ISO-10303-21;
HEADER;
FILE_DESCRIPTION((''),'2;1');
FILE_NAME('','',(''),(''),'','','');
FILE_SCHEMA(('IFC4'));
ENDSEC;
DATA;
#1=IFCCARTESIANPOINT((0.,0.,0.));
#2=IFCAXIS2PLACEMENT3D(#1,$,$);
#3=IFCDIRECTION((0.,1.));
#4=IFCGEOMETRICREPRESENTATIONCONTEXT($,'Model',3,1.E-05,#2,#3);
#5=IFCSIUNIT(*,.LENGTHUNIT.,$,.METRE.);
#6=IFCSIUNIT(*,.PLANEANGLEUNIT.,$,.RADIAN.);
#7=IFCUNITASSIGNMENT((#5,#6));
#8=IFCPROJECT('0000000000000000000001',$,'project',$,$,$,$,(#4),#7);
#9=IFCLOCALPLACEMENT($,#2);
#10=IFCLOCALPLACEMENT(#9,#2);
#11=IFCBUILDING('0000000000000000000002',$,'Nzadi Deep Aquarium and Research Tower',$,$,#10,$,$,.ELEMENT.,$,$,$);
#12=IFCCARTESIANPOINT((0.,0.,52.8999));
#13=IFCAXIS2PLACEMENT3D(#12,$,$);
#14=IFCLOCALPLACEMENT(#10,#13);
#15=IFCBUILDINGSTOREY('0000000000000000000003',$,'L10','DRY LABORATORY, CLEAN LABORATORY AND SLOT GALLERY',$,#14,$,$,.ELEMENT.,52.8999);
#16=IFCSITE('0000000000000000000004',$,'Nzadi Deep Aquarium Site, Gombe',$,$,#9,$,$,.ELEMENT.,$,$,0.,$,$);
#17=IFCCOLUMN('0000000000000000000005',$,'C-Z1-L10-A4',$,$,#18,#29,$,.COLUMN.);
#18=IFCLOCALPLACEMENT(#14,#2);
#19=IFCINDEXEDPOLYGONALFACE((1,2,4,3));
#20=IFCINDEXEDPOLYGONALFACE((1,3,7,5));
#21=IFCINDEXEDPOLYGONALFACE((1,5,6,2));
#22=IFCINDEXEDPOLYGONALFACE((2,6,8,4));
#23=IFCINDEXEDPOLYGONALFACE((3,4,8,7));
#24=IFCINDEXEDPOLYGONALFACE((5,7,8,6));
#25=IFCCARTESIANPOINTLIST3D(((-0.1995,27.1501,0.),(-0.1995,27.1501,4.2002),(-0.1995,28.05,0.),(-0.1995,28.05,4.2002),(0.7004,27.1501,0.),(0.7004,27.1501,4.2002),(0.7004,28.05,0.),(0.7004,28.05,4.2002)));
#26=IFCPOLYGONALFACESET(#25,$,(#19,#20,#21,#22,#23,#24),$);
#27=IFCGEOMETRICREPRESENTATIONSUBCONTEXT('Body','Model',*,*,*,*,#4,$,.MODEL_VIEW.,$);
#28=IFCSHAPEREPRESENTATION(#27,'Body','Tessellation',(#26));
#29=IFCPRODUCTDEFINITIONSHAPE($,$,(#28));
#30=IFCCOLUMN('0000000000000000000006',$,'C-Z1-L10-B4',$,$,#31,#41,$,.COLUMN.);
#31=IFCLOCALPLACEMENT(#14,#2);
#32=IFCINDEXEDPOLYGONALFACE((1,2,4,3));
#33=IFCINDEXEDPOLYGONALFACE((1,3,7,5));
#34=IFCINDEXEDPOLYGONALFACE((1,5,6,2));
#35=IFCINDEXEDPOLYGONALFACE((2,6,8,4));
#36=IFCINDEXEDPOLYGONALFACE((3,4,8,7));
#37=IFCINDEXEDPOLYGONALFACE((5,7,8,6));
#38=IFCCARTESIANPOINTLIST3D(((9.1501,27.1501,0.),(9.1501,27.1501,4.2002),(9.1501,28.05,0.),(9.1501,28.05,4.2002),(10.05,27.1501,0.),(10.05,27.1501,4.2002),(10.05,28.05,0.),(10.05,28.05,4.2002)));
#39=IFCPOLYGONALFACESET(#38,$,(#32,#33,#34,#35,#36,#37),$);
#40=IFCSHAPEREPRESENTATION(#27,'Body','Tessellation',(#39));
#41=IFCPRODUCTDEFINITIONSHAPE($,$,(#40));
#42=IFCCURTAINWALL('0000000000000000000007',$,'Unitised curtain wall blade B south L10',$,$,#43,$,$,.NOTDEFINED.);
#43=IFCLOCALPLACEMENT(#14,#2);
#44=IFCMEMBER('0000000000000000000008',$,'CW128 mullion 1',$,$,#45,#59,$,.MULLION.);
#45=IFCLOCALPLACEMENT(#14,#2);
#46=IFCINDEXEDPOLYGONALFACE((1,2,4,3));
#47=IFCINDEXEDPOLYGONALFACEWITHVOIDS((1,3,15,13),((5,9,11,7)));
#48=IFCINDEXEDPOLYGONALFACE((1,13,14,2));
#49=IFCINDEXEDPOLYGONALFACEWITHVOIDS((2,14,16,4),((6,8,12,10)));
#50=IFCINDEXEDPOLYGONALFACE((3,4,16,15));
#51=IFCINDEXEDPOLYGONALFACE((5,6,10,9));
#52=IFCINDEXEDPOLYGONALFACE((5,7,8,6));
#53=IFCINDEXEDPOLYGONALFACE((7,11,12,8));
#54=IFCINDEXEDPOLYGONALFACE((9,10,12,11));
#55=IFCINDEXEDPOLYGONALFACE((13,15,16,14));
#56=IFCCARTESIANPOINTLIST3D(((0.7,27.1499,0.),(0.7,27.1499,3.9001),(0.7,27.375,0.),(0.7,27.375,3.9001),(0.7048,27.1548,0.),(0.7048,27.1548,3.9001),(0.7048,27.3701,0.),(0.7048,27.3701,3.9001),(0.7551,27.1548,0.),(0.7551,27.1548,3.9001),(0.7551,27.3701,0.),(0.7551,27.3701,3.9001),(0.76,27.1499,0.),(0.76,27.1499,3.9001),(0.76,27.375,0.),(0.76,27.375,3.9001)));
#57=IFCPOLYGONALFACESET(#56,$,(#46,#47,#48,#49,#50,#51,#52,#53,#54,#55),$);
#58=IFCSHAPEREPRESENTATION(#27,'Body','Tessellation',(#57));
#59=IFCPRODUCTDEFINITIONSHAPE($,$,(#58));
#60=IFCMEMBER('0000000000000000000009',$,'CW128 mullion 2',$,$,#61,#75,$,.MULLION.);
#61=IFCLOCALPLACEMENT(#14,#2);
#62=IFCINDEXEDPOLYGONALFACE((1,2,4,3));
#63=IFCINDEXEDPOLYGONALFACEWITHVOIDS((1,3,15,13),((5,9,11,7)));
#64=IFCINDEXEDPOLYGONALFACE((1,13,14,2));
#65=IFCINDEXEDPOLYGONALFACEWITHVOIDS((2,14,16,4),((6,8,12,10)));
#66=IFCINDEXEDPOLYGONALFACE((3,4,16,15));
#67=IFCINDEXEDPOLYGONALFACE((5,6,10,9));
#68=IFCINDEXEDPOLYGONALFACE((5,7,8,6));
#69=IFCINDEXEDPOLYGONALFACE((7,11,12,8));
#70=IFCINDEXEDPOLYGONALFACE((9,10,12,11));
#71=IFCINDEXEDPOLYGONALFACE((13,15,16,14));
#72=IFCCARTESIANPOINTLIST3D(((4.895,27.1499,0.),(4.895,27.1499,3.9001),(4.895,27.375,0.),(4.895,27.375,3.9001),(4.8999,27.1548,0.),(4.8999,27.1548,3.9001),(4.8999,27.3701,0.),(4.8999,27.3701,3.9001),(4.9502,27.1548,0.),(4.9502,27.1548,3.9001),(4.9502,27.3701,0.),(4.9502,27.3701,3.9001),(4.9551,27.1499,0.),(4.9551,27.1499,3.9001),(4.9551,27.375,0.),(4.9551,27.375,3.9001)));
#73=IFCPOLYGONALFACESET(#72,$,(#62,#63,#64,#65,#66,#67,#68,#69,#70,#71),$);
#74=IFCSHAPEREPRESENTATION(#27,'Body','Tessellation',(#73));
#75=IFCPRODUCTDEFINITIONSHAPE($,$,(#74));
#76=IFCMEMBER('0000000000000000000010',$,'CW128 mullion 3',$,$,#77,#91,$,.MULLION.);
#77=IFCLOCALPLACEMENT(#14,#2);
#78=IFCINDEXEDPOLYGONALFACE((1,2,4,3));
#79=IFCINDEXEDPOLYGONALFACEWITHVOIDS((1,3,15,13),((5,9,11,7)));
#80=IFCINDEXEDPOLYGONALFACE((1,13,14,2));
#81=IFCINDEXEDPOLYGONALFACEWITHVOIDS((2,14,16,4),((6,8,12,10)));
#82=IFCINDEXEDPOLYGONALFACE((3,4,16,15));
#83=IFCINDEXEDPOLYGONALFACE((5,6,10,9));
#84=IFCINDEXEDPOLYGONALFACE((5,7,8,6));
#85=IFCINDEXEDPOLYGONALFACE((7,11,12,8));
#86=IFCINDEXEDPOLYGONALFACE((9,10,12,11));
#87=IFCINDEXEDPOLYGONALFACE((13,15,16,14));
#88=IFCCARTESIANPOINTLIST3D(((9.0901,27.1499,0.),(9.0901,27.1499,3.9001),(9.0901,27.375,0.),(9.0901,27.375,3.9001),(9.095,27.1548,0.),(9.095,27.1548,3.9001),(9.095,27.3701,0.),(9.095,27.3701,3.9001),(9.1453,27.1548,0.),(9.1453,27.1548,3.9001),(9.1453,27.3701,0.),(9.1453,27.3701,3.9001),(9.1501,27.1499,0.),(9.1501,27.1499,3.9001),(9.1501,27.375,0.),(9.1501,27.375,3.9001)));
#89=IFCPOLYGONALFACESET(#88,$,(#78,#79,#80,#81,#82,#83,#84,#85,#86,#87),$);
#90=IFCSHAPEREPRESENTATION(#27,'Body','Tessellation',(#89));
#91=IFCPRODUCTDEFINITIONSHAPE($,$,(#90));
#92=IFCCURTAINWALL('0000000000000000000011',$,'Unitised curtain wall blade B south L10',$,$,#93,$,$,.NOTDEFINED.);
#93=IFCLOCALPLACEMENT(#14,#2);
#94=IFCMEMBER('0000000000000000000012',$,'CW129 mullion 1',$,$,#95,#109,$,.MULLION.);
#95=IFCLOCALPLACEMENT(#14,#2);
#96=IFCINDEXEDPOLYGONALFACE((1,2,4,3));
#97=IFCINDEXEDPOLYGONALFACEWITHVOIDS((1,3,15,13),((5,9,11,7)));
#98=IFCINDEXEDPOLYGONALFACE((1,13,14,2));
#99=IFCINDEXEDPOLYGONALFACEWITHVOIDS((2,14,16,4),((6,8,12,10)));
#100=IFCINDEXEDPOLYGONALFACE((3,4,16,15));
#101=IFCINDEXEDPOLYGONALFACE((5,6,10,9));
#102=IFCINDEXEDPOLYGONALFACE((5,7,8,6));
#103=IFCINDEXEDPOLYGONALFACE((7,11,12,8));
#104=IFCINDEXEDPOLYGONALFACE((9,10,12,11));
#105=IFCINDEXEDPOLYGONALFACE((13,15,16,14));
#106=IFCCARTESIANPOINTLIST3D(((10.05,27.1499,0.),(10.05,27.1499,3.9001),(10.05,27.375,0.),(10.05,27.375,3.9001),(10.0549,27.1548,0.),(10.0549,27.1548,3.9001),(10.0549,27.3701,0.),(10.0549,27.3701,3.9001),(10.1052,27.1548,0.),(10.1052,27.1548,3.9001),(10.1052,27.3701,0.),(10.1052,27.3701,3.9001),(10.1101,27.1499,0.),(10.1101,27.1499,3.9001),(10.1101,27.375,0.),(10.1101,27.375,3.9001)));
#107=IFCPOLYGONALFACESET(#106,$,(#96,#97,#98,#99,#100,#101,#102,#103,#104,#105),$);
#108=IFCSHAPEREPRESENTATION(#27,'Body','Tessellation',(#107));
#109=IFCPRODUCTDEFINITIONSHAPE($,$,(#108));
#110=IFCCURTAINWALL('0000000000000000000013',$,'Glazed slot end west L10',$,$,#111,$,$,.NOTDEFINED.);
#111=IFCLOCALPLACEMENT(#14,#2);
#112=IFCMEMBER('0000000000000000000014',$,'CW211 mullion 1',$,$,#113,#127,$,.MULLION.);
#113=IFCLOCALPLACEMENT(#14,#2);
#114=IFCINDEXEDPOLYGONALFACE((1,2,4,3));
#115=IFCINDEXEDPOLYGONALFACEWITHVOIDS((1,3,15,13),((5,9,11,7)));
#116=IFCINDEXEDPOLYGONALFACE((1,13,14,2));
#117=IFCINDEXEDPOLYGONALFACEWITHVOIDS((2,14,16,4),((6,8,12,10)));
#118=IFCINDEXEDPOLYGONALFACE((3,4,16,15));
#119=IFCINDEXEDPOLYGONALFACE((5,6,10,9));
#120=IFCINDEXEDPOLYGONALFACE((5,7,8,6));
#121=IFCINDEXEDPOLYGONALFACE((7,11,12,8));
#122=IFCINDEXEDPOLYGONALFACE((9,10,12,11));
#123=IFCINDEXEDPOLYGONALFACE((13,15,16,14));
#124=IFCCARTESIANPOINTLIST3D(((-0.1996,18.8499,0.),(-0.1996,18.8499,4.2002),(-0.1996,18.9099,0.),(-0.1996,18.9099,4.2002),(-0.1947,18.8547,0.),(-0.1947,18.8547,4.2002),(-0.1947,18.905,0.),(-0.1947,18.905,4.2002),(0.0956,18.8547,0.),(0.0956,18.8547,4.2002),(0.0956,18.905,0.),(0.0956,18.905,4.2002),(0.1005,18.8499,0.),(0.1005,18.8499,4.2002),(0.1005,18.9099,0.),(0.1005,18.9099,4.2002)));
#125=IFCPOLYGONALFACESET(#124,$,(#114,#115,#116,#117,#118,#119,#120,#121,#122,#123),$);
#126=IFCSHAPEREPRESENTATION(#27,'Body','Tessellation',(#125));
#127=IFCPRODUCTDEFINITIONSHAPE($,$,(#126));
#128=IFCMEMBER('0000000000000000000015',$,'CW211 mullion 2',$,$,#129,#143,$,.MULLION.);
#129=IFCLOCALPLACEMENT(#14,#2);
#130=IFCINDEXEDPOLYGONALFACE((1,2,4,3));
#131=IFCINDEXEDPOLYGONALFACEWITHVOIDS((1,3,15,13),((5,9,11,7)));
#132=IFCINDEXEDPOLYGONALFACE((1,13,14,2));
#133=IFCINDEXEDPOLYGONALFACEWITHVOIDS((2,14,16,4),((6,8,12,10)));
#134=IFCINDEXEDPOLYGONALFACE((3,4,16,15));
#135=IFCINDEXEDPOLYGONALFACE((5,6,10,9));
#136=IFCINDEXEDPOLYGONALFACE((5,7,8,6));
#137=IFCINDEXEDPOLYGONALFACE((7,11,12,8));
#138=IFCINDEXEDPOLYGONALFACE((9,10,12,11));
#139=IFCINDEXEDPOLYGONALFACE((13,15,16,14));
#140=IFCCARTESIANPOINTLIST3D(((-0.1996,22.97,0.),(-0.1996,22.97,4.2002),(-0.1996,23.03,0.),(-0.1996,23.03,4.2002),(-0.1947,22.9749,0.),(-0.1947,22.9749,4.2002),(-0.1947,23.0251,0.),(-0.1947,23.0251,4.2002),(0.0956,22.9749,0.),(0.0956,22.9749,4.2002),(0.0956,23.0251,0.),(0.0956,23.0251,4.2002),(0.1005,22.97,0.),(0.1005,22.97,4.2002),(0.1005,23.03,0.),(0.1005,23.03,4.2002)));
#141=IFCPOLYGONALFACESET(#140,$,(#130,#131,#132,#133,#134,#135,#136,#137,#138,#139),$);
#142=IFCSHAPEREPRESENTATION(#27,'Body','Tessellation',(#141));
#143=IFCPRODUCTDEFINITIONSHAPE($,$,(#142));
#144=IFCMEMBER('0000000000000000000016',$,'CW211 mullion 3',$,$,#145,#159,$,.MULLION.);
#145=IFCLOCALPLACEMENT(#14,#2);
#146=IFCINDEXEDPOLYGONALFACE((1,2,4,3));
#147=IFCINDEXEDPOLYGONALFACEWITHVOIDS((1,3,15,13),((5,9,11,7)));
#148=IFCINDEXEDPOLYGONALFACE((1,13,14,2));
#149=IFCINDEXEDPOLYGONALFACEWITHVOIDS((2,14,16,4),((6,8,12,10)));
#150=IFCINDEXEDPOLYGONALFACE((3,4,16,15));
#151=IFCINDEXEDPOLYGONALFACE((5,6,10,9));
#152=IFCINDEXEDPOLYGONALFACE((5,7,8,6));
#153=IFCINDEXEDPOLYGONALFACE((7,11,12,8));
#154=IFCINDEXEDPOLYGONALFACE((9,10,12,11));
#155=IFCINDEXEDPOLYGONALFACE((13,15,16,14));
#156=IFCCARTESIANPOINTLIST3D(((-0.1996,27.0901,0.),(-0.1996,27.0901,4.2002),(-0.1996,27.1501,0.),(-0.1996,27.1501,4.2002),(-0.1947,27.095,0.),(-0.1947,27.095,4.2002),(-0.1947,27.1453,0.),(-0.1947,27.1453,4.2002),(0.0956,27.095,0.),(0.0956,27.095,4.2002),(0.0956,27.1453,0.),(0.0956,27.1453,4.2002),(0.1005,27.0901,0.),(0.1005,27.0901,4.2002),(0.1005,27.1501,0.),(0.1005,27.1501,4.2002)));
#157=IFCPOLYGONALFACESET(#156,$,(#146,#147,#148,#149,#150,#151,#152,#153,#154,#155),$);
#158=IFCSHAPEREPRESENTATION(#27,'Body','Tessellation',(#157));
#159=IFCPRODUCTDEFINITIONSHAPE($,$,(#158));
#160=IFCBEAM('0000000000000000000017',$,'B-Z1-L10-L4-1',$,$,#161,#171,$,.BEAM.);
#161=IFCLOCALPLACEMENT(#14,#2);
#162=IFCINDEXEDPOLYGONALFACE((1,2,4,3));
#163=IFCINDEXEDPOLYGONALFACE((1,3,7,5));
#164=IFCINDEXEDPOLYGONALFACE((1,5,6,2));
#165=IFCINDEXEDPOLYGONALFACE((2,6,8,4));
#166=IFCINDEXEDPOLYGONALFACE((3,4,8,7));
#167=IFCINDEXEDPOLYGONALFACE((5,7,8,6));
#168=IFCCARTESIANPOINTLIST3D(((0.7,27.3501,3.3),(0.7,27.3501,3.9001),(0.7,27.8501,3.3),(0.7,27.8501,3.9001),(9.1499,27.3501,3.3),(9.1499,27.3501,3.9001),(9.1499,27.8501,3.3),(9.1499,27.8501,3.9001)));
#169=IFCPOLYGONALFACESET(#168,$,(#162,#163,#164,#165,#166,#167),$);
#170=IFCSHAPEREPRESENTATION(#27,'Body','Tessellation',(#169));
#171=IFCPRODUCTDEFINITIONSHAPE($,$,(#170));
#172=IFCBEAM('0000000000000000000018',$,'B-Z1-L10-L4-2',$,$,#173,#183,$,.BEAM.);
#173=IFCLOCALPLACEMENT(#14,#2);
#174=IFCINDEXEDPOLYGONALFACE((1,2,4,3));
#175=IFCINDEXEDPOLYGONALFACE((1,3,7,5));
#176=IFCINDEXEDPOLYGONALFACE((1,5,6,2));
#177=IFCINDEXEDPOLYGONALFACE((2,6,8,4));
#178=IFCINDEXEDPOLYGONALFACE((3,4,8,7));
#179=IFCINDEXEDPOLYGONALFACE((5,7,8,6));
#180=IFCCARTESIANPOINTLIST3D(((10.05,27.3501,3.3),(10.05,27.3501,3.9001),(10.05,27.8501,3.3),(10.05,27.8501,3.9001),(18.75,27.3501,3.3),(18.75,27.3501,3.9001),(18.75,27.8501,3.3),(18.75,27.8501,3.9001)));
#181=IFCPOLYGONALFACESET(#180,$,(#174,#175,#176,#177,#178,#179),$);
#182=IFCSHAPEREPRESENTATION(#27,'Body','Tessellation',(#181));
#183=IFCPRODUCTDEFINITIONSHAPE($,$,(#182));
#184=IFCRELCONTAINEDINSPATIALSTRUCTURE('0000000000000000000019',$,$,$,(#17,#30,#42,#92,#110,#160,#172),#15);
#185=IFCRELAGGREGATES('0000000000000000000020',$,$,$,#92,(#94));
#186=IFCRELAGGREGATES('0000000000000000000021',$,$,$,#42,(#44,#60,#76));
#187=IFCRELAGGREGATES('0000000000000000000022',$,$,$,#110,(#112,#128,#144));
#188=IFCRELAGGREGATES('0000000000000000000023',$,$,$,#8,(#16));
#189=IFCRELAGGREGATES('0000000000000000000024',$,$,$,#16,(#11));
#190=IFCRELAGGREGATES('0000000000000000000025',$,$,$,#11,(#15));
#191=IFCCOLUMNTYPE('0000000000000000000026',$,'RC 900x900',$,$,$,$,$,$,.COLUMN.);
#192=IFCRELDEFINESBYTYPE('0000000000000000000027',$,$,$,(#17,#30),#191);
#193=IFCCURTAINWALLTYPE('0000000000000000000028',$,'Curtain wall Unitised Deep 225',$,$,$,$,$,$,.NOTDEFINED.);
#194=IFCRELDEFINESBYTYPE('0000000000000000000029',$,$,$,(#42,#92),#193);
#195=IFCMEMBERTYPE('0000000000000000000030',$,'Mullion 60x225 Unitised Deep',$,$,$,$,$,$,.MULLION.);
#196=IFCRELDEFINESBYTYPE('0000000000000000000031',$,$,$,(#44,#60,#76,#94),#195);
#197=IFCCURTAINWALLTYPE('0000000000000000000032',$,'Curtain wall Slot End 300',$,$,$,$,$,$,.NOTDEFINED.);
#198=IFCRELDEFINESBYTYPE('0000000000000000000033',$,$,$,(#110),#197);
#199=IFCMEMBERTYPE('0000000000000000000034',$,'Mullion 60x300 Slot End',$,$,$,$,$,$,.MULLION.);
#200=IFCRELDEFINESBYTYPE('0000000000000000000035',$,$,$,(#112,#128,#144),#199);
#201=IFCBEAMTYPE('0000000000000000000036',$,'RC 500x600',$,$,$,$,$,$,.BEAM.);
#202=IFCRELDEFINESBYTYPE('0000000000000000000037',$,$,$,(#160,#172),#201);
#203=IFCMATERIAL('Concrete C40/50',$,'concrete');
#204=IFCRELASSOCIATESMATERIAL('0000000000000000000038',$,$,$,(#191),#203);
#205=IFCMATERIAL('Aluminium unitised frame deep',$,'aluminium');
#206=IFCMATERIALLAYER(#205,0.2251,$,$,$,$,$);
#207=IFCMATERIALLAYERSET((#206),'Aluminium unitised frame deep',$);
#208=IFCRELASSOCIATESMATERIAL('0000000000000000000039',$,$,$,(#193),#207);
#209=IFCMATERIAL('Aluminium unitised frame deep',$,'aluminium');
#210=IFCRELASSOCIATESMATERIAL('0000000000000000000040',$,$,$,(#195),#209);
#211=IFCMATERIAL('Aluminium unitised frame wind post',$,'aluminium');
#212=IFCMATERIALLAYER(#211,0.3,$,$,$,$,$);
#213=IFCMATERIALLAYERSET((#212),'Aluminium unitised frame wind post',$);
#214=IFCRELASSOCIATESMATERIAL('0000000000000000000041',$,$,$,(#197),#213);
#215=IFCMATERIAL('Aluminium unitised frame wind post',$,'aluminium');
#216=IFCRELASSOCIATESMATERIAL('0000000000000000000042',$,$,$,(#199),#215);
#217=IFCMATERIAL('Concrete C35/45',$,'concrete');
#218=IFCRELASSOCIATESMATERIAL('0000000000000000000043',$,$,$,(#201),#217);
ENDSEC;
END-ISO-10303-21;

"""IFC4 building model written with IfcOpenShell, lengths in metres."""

from ifc_helpers import new_model, si_unit, direction, frame, origin, origin_2d, place, context, subcontext, project, spatial, rectangle, hollow_rectangle, extrude, material, layer, layer_set, material_profile, profile_set, type_object, element, aggregate, save


model = new_model("IFC4")

# Units and contexts
model_context = context("Model", 3, precision=1e-05, world=origin(), true_north=direction((0.0, 1.0)))
body_context = subcontext(model_context, "Body", "Model", "MODEL_VIEW")
ifc_project = project(units=[si_unit("LENGTHUNIT", "METRE"), si_unit("PLANEANGLEUNIT", "RADIAN")], contexts=[model_context])

# Site, building, storey
site_placement = place(None, origin())
site = spatial("IfcSite", under=ifc_project, at=site_placement, Name="Nzadi Deep Aquarium Site, Gombe", CompositionType="ELEMENT", RefElevation=0.0)
building_placement = place(site_placement, origin())
building = spatial("IfcBuilding", under=site, at=building_placement, Name="Nzadi Deep Aquarium and Research Tower", CompositionType="ELEMENT")
storey_placement = place(building_placement, frame((0.0, 0.0, 52.8999)))
storey = spatial("IfcBuildingStorey", under=building, at=storey_placement, Name="L10", Description="DRY LABORATORY, CLEAN LABORATORY AND SLOT GALLERY", CompositionType="ELEMENT", Elevation=52.8999)

# Columns
ifc_material_1 = material(Name="Concrete C40/50", Category="concrete")
ifc_material_profile_1 = material_profile(ifc_material_1, rectangle(XDim=0.8999, YDim=0.8999, at=origin_2d()))
ifc_profile_set_1 = profile_set([ifc_material_profile_1], Name="Concrete C40/50")
column_type = type_object("IfcColumnType", Name="RC 900x900", PredefinedType="COLUMN", material=ifc_profile_set_1)
for number, where, z_axis, x_axis, name in (
    (1, (0.2505, 27.6001, 0.0), (0.0, 0.0, 1.0), (1.0, 0.0, 0.0), "C-Z1-L10-A4"),
    (2, (9.6001, 27.6001, 0.0), (0.0, 0.0, 1.0), (1.0, 0.0, 0.0), "C-Z1-L10-B4"),
):
    element("IfcColumn", number, at=place(storey_placement, frame(where, z_axis=z_axis, x_axis=x_axis)), inside=storey, type_object=column_type, Name=name, PredefinedType="COLUMN", context=body_context, shape_type="SweptSolid", body=[
        extrude(rectangle(XDim=0.8999, YDim=0.8999, at=origin_2d()), origin(), (0.0, 0.0, 1.0), 4.2002),
    ])

# Curtain wall, members
ifc_material_2 = material(Name="Aluminium unitised frame deep", Category="aluminium")
ifc_layer_1 = layer(ifc_material_2, 0.2251)
ifc_layer_set_1 = layer_set([ifc_layer_1], Name="Aluminium unitised frame deep")
curtain_wall_type_1 = type_object("IfcCurtainWallType", Name="Curtain wall Unitised Deep 225", PredefinedType="NOTDEFINED", material=ifc_layer_set_1)
curtain_wall_1_placement = place(storey_placement, origin())
curtain_wall_1 = element("IfcCurtainWall", 3, at=curtain_wall_1_placement, inside=storey, type_object=curtain_wall_type_1, Name="Unitised curtain wall blade B south L10", PredefinedType="NOTDEFINED")
ifc_material_3 = material(Name="Aluminium unitised frame deep", Category="aluminium")
ifc_material_profile_2 = material_profile(ifc_material_3, hollow_rectangle(XDim=0.2251, YDim=0.0601, WallThickness=0.0049, at=origin_2d()))
ifc_profile_set_2 = profile_set([ifc_material_profile_2], Name="Aluminium unitised frame deep")
member_type_1 = type_object("IfcMemberType", Name="Mullion 60x225 Unitised Deep", PredefinedType="MULLION", material=ifc_profile_set_2)
member_1_placement = place(storey_placement, frame((0.73, 27.2625, 0.0), z_axis=(0.0, 0.0, 1.0), x_axis=(0.0, 1.0, 0.0)))
member_1 = element("IfcMember", 4, at=member_1_placement, type_object=member_type_1, Name="CW128 mullion 1", PredefinedType="MULLION", context=body_context, shape_type="SweptSolid", body=[
    extrude(hollow_rectangle(XDim=0.2251, YDim=0.0601, WallThickness=0.0049, at=origin_2d()), origin(), (0.0, 0.0, 1.0), 3.9001),
])
member_2_placement = place(storey_placement, frame((4.925, 27.2625, 0.0), z_axis=(0.0, 0.0, 1.0), x_axis=(0.0, 1.0, 0.0)))
member_2 = element("IfcMember", 5, at=member_2_placement, type_object=member_type_1, Name="CW128 mullion 2", PredefinedType="MULLION", context=body_context, shape_type="SweptSolid", body=[
    extrude(hollow_rectangle(XDim=0.2251, YDim=0.0601, WallThickness=0.0049, at=origin_2d()), origin(), (0.0, 0.0, 1.0), 3.9001),
])
member_3_placement = place(storey_placement, frame((9.1201, 27.2625, 0.0), z_axis=(0.0, 0.0, 1.0), x_axis=(0.0, 1.0, 0.0)))
member_3 = element("IfcMember", 6, at=member_3_placement, type_object=member_type_1, Name="CW128 mullion 3", PredefinedType="MULLION", context=body_context, shape_type="SweptSolid", body=[
    extrude(hollow_rectangle(XDim=0.2251, YDim=0.0601, WallThickness=0.0049, at=origin_2d()), origin(), (0.0, 0.0, 1.0), 3.9001),
])

# Curtain wall, member
curtain_wall_2_placement = place(storey_placement, origin())
curtain_wall_2 = element("IfcCurtainWall", 7, at=curtain_wall_2_placement, inside=storey, type_object=curtain_wall_type_1, Name="Unitised curtain wall blade B south L10", PredefinedType="NOTDEFINED")
member_4_placement = place(storey_placement, frame((10.0801, 27.2625, 0.0), z_axis=(0.0, 0.0, 1.0), x_axis=(0.0, 1.0, 0.0)))
member_4 = element("IfcMember", 8, at=member_4_placement, type_object=member_type_1, Name="CW129 mullion 1", PredefinedType="MULLION", context=body_context, shape_type="SweptSolid", body=[
    extrude(hollow_rectangle(XDim=0.2251, YDim=0.0601, WallThickness=0.0049, at=origin_2d()), origin(), (0.0, 0.0, 1.0), 3.9001),
])
aggregate(curtain_wall_2, [member_4])

# Curtain wall, members
ifc_material_4 = material(Name="Aluminium unitised frame wind post", Category="aluminium")
ifc_layer_2 = layer(ifc_material_4, 0.3)
ifc_layer_set_2 = layer_set([ifc_layer_2], Name="Aluminium unitised frame wind post")
curtain_wall_type_2 = type_object("IfcCurtainWallType", Name="Curtain wall Slot End 300", PredefinedType="NOTDEFINED", material=ifc_layer_set_2)
curtain_wall_3_placement = place(storey_placement, origin())
curtain_wall_3 = element("IfcCurtainWall", 9, at=curtain_wall_3_placement, inside=storey, type_object=curtain_wall_type_2, Name="Glazed slot end west L10", PredefinedType="NOTDEFINED")
ifc_material_5 = material(Name="Aluminium unitised frame wind post", Category="aluminium")
ifc_material_profile_3 = material_profile(ifc_material_5, hollow_rectangle(XDim=0.3, YDim=0.0601, WallThickness=0.0049, at=origin_2d()))
ifc_profile_set_3 = profile_set([ifc_material_profile_3], Name="Aluminium unitised frame wind post")
member_type_2 = type_object("IfcMemberType", Name="Mullion 60x300 Slot End", PredefinedType="MULLION", material=ifc_profile_set_3)
member_5_placement = place(storey_placement, frame((-0.0496, 18.8799, 0.0), z_axis=(0.0, 0.0, 1.0), x_axis=(-1.0, 0.0, 0.0)))
member_5 = element("IfcMember", 10, at=member_5_placement, type_object=member_type_2, Name="CW211 mullion 1", PredefinedType="MULLION", context=body_context, shape_type="SweptSolid", body=[
    extrude(hollow_rectangle(XDim=0.3, YDim=0.0601, WallThickness=0.0049, at=origin_2d()), origin(), (0.0, 0.0, 1.0), 4.2002),
])
member_6_placement = place(storey_placement, frame((-0.0496, 23.0, 0.0), z_axis=(0.0, 0.0, 1.0), x_axis=(-1.0, 0.0, 0.0)))
member_6 = element("IfcMember", 11, at=member_6_placement, type_object=member_type_2, Name="CW211 mullion 2", PredefinedType="MULLION", context=body_context, shape_type="SweptSolid", body=[
    extrude(hollow_rectangle(XDim=0.3, YDim=0.0601, WallThickness=0.0049, at=origin_2d()), origin(), (0.0, 0.0, 1.0), 4.2002),
])
member_7_placement = place(storey_placement, frame((-0.0496, 27.1201, 0.0), z_axis=(0.0, 0.0, 1.0), x_axis=(-1.0, 0.0, 0.0)))
member_7 = element("IfcMember", 12, at=member_7_placement, type_object=member_type_2, Name="CW211 mullion 3", PredefinedType="MULLION", context=body_context, shape_type="SweptSolid", body=[
    extrude(hollow_rectangle(XDim=0.3, YDim=0.0601, WallThickness=0.0049, at=origin_2d()), origin(), (0.0, 0.0, 1.0), 4.2002),
])

# Beams
ifc_material_6 = material(Name="Concrete C35/45", Category="concrete")
ifc_material_profile_4 = material_profile(ifc_material_6, rectangle(XDim=0.5, YDim=0.6001, at=origin_2d()))
ifc_profile_set_4 = profile_set([ifc_material_profile_4], Name="Concrete C35/45")
beam_type = type_object("IfcBeamType", Name="RC 500x600", PredefinedType="BEAM", material=ifc_profile_set_4)
beam_1_placement = place(storey_placement, frame((0.7, 27.6001, 3.6001), z_axis=(1.0, 0.0, 0.0), x_axis=(0.0, 1.0, 0.0)))
element("IfcBeam", 13, at=beam_1_placement, inside=storey, type_object=beam_type, Name="B-Z1-L10-L4-1", PredefinedType="BEAM", context=body_context, shape_type="SweptSolid", body=[
    extrude(rectangle(XDim=0.5, YDim=0.6001, at=origin_2d()), origin(), (0.0, 0.0, 1.0), 8.45),
])
beam_2_placement = place(storey_placement, frame((10.05, 27.6001, 3.6001), z_axis=(1.0, 0.0, 0.0), x_axis=(0.0, 1.0, 0.0)))
element("IfcBeam", 14, at=beam_2_placement, inside=storey, type_object=beam_type, Name="B-Z1-L10-L4-2", PredefinedType="BEAM", context=body_context, shape_type="SweptSolid", body=[
    extrude(rectangle(XDim=0.5, YDim=0.6001, at=origin_2d()), origin(), (0.0, 0.0, 1.0), 8.7),
])

aggregate(curtain_wall_1, [member_1, member_2, member_3])
aggregate(curtain_wall_3, [member_5, member_6, member_7])

save(model, "model.ifc")
